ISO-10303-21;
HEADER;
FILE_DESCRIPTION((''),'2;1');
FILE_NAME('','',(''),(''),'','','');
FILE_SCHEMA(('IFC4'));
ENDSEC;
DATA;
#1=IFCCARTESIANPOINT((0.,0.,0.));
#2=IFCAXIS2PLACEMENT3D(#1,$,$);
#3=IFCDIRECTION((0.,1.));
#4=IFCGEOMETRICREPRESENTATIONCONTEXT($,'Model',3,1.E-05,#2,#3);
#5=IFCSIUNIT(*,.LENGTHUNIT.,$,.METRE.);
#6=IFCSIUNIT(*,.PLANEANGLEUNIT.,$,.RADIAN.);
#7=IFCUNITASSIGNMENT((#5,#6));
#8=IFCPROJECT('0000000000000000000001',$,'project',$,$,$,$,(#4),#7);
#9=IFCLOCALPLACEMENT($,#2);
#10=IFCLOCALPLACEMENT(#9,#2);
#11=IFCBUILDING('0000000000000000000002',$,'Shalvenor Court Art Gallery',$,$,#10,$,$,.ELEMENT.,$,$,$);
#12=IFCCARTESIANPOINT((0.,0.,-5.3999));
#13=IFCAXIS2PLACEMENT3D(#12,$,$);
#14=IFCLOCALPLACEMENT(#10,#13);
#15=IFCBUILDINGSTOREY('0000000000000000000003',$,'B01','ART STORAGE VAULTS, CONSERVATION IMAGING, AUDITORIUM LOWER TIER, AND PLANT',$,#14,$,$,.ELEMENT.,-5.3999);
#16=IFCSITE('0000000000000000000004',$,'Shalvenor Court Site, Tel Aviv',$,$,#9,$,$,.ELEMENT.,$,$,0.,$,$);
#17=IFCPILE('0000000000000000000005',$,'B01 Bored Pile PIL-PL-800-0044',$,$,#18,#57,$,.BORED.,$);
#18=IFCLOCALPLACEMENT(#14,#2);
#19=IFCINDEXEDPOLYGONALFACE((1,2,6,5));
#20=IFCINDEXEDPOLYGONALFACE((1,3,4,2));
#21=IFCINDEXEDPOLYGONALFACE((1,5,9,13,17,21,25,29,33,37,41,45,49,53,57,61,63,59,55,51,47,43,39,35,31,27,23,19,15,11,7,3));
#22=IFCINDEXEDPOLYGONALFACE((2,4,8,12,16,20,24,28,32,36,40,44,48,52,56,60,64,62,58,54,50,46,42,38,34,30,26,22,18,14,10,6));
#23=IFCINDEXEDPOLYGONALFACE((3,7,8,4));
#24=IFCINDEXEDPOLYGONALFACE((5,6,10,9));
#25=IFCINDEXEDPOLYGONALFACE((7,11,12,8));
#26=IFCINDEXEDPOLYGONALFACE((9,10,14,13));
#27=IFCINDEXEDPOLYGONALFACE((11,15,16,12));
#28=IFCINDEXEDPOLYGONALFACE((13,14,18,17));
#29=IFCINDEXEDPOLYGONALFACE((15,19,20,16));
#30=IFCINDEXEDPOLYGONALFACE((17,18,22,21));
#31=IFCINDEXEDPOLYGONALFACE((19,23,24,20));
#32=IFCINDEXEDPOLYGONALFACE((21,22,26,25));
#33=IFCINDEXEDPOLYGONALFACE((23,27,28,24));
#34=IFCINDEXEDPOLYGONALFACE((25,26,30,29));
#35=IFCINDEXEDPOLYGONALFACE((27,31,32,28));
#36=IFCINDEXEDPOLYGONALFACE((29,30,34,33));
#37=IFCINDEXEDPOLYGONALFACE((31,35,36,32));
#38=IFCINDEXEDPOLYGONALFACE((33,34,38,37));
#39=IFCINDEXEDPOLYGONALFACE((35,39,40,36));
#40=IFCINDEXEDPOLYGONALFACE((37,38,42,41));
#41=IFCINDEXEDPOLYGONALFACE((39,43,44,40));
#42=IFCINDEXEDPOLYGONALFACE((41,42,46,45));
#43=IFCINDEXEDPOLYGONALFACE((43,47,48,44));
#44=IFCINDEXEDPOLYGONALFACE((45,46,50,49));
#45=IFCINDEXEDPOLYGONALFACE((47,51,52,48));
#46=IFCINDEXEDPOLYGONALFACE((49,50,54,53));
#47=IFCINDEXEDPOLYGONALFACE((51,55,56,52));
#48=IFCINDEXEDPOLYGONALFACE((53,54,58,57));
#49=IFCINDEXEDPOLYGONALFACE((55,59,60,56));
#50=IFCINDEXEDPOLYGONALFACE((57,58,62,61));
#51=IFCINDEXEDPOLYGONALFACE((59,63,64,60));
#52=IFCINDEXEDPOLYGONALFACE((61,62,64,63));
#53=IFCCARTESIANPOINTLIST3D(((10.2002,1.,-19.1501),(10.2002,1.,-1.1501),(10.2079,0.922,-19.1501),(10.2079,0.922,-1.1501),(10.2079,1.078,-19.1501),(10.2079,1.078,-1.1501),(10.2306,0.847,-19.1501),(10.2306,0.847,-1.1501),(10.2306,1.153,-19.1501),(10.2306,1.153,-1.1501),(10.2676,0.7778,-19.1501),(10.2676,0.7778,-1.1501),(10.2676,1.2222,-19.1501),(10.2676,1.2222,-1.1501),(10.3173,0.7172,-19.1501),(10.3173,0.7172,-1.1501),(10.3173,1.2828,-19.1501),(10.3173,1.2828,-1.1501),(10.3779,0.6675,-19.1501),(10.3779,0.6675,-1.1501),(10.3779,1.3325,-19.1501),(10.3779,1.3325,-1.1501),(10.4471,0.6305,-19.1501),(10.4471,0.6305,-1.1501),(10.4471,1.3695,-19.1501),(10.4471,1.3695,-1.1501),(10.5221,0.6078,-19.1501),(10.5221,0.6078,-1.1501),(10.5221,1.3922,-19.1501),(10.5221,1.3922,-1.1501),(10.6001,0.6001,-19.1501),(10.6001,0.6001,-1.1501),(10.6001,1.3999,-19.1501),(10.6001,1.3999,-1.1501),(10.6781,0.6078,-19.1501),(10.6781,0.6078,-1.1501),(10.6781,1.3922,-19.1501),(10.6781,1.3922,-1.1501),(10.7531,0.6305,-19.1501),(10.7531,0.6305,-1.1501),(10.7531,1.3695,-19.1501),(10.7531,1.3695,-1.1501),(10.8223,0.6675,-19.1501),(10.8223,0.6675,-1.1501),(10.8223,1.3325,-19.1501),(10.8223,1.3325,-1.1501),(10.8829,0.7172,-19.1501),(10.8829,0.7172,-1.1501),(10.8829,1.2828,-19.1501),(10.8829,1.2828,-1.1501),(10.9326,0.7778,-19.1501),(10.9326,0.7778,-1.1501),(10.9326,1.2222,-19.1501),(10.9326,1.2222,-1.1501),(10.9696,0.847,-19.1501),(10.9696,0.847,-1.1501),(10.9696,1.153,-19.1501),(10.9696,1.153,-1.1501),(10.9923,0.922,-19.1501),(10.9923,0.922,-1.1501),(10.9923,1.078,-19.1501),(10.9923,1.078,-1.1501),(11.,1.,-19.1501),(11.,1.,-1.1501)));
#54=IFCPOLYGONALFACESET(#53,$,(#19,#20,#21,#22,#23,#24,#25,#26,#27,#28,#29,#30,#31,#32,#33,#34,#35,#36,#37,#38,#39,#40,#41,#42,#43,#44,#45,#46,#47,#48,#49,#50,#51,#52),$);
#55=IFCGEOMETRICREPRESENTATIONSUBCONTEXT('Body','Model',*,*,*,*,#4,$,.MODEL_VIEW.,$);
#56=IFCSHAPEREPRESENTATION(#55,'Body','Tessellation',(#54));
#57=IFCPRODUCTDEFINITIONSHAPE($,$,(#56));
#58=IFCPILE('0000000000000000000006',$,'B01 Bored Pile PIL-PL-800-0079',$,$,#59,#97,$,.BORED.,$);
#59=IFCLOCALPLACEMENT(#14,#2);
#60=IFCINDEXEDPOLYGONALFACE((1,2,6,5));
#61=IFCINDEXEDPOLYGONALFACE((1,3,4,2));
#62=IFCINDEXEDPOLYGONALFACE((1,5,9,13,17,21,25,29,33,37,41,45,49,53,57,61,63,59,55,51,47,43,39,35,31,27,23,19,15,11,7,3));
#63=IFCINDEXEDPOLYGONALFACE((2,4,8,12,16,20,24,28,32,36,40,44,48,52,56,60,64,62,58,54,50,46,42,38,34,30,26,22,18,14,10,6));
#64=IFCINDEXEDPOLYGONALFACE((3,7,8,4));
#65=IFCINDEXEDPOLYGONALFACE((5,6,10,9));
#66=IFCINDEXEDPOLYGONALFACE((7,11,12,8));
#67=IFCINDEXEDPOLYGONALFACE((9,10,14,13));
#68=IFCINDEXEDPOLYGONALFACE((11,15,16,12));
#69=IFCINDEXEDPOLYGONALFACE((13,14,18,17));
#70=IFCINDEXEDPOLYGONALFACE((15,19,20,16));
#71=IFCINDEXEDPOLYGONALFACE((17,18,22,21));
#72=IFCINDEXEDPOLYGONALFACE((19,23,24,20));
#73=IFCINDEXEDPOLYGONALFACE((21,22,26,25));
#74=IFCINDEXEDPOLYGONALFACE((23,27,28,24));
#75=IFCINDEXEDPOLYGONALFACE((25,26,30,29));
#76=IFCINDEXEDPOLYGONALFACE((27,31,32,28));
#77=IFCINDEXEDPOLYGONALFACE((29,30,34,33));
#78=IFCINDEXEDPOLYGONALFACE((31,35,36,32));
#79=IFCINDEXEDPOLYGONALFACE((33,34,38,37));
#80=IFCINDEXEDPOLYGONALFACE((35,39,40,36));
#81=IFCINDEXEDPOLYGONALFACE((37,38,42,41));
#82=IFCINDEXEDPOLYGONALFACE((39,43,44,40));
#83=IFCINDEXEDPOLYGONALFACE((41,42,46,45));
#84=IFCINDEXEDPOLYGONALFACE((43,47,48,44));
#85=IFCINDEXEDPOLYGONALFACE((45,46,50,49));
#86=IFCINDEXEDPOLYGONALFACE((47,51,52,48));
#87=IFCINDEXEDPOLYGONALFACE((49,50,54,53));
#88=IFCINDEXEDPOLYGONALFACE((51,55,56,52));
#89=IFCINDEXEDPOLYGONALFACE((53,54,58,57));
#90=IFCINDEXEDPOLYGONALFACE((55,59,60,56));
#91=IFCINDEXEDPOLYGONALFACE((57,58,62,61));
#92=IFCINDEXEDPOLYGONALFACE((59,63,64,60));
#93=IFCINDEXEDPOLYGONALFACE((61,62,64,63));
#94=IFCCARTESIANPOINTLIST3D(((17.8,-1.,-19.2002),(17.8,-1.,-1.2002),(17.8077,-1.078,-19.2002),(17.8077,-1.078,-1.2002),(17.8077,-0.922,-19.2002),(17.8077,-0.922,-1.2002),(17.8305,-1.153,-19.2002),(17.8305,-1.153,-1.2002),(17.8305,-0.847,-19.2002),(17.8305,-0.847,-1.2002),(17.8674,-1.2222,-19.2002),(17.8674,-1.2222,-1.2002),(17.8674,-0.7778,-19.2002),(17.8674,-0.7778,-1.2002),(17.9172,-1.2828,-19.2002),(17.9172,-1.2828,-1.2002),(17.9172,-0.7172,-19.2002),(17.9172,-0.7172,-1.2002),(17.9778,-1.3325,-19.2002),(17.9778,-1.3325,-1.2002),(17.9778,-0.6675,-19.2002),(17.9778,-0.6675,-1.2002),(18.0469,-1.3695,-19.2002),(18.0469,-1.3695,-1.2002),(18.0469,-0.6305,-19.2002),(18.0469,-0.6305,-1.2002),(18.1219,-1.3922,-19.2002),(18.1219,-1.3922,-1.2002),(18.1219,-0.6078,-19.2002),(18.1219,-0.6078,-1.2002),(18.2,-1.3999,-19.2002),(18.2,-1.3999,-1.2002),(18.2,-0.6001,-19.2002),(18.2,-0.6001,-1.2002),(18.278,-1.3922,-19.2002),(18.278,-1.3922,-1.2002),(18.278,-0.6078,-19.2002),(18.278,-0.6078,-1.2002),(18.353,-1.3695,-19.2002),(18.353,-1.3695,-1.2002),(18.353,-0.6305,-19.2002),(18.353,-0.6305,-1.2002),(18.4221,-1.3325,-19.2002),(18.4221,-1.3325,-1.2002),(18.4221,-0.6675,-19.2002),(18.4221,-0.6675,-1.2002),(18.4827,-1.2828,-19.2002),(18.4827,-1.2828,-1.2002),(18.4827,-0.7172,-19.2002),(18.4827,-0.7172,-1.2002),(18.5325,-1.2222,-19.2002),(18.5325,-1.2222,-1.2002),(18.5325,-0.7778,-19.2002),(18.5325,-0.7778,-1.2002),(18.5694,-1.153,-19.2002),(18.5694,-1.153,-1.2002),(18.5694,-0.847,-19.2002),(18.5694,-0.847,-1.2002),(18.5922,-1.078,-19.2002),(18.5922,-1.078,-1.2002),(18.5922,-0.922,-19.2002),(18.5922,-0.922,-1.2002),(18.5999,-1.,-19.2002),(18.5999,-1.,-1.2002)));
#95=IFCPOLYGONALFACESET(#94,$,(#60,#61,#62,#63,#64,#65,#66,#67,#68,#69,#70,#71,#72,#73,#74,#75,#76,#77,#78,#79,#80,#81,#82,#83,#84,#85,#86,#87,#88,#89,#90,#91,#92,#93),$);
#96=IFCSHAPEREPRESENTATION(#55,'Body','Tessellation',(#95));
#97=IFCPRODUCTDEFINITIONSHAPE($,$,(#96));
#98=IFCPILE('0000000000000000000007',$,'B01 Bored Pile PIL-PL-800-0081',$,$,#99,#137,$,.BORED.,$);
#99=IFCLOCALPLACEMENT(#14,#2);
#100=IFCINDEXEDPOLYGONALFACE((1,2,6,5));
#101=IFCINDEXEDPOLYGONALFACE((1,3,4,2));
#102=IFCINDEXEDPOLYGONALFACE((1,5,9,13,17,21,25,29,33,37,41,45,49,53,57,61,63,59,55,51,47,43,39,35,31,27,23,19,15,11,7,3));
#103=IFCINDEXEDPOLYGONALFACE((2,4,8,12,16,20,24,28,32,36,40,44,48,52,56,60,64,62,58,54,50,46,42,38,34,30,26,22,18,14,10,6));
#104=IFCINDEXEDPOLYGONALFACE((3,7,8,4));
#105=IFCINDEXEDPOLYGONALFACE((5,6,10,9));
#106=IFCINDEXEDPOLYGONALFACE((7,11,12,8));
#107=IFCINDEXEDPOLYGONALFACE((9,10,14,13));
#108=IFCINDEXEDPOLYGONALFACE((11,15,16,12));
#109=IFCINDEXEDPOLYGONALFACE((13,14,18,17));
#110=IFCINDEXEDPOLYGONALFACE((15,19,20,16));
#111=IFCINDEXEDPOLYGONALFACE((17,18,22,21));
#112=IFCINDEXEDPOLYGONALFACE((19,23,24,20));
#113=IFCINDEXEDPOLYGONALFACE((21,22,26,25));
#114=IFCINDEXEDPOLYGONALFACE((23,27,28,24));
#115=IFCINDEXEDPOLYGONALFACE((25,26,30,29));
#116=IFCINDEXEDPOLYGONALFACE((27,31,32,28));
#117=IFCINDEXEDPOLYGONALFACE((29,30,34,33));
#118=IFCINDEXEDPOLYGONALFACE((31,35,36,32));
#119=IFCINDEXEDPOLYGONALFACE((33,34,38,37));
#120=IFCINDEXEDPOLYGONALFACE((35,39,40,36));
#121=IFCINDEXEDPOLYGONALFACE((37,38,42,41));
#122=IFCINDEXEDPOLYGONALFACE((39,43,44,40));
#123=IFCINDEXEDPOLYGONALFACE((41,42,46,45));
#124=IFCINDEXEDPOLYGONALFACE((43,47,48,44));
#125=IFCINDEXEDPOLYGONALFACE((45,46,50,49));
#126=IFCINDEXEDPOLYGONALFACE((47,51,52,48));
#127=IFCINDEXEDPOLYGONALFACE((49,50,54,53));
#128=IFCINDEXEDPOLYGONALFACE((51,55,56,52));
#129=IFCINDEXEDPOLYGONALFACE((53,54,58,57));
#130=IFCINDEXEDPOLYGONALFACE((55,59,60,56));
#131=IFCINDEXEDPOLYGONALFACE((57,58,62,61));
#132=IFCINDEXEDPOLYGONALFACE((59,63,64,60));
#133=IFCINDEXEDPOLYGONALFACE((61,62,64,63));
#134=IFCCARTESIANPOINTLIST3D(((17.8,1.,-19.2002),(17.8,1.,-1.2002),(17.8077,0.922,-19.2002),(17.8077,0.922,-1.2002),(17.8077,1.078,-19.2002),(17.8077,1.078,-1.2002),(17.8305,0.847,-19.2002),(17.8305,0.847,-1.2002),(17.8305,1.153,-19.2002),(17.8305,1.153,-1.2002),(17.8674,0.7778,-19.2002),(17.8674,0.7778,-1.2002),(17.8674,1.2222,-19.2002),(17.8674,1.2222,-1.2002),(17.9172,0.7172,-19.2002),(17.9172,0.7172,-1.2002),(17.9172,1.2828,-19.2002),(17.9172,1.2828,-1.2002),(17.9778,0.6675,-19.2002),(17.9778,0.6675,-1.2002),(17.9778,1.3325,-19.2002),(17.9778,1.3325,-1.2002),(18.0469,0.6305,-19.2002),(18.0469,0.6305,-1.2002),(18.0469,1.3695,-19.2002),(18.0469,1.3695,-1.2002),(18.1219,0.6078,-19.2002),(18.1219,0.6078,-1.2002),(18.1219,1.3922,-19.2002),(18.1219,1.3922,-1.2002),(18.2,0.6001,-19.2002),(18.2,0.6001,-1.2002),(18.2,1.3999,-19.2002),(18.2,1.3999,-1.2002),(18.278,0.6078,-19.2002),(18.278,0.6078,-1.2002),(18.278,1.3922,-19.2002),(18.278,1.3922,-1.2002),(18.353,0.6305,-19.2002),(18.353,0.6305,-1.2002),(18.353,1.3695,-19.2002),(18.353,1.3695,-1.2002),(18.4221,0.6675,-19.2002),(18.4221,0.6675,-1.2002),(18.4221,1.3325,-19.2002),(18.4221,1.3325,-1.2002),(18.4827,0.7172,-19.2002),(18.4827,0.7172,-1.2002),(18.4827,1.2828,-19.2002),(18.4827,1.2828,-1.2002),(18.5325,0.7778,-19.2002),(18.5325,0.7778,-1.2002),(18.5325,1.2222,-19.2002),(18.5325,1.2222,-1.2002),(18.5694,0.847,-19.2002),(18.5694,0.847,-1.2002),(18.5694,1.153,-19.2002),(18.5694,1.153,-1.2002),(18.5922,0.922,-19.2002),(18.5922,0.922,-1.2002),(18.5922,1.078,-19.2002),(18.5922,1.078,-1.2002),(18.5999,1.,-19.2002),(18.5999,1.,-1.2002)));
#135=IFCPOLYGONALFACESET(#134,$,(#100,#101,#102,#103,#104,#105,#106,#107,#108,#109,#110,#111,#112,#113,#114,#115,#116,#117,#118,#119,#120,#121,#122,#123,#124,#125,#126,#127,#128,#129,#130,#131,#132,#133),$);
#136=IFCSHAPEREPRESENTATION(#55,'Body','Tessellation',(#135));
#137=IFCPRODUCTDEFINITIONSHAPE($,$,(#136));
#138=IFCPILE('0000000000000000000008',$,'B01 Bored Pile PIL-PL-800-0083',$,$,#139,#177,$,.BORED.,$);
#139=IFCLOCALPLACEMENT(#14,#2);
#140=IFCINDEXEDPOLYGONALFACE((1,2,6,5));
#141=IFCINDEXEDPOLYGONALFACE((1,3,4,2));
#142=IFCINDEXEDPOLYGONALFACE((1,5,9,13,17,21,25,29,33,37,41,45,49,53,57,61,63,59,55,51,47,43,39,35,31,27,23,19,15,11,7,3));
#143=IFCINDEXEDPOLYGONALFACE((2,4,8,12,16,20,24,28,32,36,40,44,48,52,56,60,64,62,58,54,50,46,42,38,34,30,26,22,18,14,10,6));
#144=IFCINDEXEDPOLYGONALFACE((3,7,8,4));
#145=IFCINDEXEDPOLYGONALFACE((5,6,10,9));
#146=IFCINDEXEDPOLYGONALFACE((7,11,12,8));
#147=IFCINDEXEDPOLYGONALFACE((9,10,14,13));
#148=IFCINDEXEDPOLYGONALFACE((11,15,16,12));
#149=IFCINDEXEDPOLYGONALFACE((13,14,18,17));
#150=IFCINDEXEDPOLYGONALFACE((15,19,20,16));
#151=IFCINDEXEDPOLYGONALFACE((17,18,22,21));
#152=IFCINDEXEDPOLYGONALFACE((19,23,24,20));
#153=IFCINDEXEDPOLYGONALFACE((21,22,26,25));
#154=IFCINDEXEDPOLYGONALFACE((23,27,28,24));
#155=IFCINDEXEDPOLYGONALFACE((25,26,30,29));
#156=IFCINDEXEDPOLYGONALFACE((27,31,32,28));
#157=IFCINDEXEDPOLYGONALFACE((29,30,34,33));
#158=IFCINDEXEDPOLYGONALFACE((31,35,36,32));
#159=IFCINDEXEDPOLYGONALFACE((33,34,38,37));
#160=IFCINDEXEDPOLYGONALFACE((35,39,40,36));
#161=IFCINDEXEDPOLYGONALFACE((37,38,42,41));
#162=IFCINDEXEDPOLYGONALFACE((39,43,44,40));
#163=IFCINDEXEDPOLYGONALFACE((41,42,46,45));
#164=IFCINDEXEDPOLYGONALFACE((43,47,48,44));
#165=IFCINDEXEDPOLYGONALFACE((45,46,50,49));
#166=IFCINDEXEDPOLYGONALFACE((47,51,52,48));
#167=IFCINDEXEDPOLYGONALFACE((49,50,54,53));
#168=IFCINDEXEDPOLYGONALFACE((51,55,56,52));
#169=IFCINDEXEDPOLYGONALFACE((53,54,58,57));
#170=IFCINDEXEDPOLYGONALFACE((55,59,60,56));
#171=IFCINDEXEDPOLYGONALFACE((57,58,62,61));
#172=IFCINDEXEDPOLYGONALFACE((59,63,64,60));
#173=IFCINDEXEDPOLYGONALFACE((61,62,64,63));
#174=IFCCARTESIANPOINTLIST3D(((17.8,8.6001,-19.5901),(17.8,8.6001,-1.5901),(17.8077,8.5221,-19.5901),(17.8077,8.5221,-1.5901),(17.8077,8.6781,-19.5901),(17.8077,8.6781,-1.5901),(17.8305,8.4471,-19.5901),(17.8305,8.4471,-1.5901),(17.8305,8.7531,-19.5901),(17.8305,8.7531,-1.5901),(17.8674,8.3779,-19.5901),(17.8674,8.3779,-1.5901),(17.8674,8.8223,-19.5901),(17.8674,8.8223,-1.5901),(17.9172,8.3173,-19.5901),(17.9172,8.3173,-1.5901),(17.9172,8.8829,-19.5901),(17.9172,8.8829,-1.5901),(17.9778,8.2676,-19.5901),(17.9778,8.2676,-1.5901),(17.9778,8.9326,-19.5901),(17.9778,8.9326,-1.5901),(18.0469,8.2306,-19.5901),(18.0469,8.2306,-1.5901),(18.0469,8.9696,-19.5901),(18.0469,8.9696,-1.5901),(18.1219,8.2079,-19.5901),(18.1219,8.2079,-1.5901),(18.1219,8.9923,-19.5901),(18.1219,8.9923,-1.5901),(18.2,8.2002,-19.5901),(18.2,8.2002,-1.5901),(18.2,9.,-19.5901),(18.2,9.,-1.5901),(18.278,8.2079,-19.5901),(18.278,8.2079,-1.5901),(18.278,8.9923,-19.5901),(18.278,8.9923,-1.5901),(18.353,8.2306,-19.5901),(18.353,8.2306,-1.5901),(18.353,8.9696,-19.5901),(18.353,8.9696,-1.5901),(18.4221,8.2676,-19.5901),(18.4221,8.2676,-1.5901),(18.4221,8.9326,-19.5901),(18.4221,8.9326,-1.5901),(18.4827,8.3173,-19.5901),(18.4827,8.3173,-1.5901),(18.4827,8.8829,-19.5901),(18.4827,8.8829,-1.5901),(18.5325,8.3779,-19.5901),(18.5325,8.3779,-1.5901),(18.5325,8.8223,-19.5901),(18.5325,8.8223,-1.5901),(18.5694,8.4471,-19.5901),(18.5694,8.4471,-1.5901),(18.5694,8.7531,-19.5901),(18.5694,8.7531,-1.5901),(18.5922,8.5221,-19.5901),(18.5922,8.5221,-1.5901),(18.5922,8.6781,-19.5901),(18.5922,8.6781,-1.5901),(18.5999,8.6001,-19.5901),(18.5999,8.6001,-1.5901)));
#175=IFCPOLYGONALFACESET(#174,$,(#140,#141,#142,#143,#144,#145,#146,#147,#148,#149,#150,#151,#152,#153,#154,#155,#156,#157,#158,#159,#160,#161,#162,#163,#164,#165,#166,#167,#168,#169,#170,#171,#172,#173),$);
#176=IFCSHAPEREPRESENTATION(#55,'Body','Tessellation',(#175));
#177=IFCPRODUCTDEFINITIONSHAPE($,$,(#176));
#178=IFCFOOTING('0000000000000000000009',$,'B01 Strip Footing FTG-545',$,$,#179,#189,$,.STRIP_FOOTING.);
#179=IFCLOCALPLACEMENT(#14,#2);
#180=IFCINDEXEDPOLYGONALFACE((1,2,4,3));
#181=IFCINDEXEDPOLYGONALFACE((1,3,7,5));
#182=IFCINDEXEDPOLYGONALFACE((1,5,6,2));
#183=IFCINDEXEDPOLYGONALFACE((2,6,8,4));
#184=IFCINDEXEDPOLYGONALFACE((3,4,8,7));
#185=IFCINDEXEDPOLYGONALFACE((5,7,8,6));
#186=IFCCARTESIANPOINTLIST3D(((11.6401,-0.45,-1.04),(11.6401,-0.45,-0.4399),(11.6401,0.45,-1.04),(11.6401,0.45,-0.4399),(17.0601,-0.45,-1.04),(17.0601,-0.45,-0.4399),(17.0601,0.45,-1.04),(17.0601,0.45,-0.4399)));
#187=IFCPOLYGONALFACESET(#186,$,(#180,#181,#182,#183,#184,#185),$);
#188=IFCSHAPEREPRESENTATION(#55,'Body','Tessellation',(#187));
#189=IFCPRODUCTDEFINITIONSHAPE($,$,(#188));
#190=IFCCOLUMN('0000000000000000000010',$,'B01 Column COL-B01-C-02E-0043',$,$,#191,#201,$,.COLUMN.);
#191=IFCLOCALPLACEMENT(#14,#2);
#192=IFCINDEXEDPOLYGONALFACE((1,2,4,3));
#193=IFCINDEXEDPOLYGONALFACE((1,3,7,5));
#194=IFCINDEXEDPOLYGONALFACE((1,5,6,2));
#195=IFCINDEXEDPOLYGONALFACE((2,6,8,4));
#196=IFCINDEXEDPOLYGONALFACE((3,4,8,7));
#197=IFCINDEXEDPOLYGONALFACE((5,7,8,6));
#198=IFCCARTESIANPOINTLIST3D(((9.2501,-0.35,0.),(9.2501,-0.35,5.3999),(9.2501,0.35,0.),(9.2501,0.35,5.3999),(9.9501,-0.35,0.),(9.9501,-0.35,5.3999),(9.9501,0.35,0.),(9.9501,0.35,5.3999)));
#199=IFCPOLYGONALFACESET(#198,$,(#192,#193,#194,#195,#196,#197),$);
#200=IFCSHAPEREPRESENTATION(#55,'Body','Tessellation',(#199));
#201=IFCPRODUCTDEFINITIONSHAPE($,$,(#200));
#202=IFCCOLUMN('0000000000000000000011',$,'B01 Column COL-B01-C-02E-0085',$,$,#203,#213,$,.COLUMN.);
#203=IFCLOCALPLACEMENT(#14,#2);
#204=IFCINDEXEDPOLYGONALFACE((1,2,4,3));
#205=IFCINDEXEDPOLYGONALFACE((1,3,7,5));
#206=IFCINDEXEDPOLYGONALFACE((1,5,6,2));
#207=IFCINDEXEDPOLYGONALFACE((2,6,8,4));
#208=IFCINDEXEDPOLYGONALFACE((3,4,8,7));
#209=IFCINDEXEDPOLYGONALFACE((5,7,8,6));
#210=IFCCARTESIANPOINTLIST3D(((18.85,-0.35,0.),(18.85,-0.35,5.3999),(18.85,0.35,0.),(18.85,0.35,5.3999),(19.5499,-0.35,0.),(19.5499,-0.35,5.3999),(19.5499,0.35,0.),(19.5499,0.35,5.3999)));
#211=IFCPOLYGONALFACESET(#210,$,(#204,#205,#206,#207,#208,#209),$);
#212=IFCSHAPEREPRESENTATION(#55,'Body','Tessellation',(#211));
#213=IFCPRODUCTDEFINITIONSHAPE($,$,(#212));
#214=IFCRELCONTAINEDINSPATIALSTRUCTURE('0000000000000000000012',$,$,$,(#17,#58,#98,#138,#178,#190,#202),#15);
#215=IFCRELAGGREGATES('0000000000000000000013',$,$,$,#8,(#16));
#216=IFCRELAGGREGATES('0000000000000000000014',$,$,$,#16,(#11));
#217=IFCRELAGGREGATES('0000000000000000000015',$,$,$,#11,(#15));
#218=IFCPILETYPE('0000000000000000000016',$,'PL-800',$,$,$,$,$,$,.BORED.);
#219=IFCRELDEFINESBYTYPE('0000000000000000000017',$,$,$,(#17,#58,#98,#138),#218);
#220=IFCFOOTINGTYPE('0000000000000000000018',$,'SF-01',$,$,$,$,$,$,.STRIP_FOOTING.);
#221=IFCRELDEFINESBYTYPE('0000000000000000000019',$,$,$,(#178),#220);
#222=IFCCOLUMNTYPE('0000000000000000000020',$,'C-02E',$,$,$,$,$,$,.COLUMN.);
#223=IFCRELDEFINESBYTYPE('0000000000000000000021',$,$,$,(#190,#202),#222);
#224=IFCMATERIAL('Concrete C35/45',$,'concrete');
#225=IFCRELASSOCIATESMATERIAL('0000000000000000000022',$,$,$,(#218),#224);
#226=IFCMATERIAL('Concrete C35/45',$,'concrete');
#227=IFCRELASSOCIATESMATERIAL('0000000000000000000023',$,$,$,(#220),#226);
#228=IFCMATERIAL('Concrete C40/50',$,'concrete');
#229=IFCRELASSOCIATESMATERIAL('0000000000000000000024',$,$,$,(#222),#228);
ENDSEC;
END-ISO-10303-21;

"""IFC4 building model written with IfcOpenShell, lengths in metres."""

from ifc_helpers import new_model, si_unit, direction, frame, origin, origin_2d, place, context, subcontext, project, spatial, rectangle, circle, extrude, material, material_profile, profile_set, type_object, element, save


model = new_model("IFC4")

# Units and contexts
model_context = context("Model", 3, precision=1e-05, world=origin(), true_north=direction((0.0, 1.0)))
body_context = subcontext(model_context, "Body", "Model", "MODEL_VIEW")
ifc_project = project(units=[si_unit("LENGTHUNIT", "METRE"), si_unit("PLANEANGLEUNIT", "RADIAN")], contexts=[model_context])

# Site, building, storey
site_placement = place(None, origin())
site = spatial("IfcSite", under=ifc_project, at=site_placement, Name="Shalvenor Court Site, Tel Aviv", CompositionType="ELEMENT", RefElevation=0.0)
building_placement = place(site_placement, origin())
building = spatial("IfcBuilding", under=site, at=building_placement, Name="Shalvenor Court Art Gallery", CompositionType="ELEMENT")
storey_placement = place(building_placement, frame((0.0, 0.0, -5.3999)))
storey = spatial("IfcBuildingStorey", under=building, at=storey_placement, Name="B01", Description="ART STORAGE VAULTS, CONSERVATION IMAGING, AUDITORIUM LOWER TIER, AND PLANT", CompositionType="ELEMENT", Elevation=-5.3999)

# Piles
ifc_material_1 = material(Name="Concrete C35/45", Category="concrete")
ifc_material_profile_1 = material_profile(ifc_material_1, circle(Radius=0.3999, at=origin_2d()), Name="PILE 800")
ifc_profile_set_1 = profile_set([ifc_material_profile_1], Name="Concrete C35/45")
pile_type_1 = type_object("IfcPileType", Name="PL-800", PredefinedType="BORED", material=ifc_profile_set_1)
for number, where, z_axis, x_axis, name in (
    (1, (10.6001, 1.0, -1.1501), (0.0, 0.0, -1.0), (1.0, 0.0, 0.0), "B01 Bored Pile PIL-PL-800-0044"),
    (2, (18.2, -1.0, -1.2002), (0.0, 0.0, -1.0), (1.0, 0.0, 0.0), "B01 Bored Pile PIL-PL-800-0079"),
    (3, (18.2, 1.0, -1.2002), (0.0, 0.0, -1.0), (1.0, 0.0, 0.0), "B01 Bored Pile PIL-PL-800-0081"),
    (4, (18.2, 8.6001, -1.5901), (0.0, 0.0, -1.0), (1.0, 0.0, 0.0), "B01 Bored Pile PIL-PL-800-0083"),
):
    element("IfcPile", number, at=place(storey_placement, frame(where, z_axis=z_axis, x_axis=x_axis)), inside=storey, type_object=pile_type_1, Name=name, PredefinedType="BORED", context=body_context, shape_type="SweptSolid", body=[
        extrude(circle(Radius=0.3999, at=origin_2d()), origin(), (0.0, 0.0, 1.0), 18.0),
    ])

# Footing
ifc_material_2 = material(Name="Concrete C35/45", Category="concrete")
footing_type_1 = type_object("IfcFootingType", Name="SF-01", PredefinedType="STRIP_FOOTING", material=ifc_material_2)
footing_1_placement = place(storey_placement, frame((14.3501, 0.0, -1.04), z_axis=(0.0, 0.0, 1.0), x_axis=(1.0, 0.0, 0.0)))
element("IfcFooting", 5, at=footing_1_placement, inside=storey, type_object=footing_type_1, Name="B01 Strip Footing FTG-545", PredefinedType="STRIP_FOOTING", context=body_context, shape_type="SweptSolid", body=[
    extrude(rectangle(XDim=5.4199, YDim=0.8999, at=origin_2d()), origin(), (0.0, 0.0, 1.0), 0.6001),
])

# Columns
ifc_material_3 = material(Name="Concrete C40/50", Category="concrete")
ifc_material_profile_2 = material_profile(ifc_material_3, rectangle(XDim=0.7, YDim=0.7, at=origin_2d()), Name="RC 700x700")
ifc_profile_set_2 = profile_set([ifc_material_profile_2], Name="Concrete C40/50")
column_type_1 = type_object("IfcColumnType", Name="C-02E", PredefinedType="COLUMN", material=ifc_profile_set_2)
for number, where, z_axis, x_axis, name in (
    (6, (9.6001, 0.0, 0.0), (0.0, 0.0, 1.0), (1.0, 0.0, 0.0), "B01 Column COL-B01-C-02E-0043"),
    (7, (19.2, 0.0, 0.0), (0.0, 0.0, 1.0), (1.0, 0.0, 0.0), "B01 Column COL-B01-C-02E-0085"),
):
    element("IfcColumn", number, at=place(storey_placement, frame(where, z_axis=z_axis, x_axis=x_axis)), inside=storey, type_object=column_type_1, Name=name, PredefinedType="COLUMN", context=body_context, shape_type="SweptSolid", body=[
        extrude(rectangle(XDim=0.7, YDim=0.7, at=origin_2d()), origin(), (0.0, 0.0, 1.0), 5.3999),
    ])

save(model, "model.ifc")
